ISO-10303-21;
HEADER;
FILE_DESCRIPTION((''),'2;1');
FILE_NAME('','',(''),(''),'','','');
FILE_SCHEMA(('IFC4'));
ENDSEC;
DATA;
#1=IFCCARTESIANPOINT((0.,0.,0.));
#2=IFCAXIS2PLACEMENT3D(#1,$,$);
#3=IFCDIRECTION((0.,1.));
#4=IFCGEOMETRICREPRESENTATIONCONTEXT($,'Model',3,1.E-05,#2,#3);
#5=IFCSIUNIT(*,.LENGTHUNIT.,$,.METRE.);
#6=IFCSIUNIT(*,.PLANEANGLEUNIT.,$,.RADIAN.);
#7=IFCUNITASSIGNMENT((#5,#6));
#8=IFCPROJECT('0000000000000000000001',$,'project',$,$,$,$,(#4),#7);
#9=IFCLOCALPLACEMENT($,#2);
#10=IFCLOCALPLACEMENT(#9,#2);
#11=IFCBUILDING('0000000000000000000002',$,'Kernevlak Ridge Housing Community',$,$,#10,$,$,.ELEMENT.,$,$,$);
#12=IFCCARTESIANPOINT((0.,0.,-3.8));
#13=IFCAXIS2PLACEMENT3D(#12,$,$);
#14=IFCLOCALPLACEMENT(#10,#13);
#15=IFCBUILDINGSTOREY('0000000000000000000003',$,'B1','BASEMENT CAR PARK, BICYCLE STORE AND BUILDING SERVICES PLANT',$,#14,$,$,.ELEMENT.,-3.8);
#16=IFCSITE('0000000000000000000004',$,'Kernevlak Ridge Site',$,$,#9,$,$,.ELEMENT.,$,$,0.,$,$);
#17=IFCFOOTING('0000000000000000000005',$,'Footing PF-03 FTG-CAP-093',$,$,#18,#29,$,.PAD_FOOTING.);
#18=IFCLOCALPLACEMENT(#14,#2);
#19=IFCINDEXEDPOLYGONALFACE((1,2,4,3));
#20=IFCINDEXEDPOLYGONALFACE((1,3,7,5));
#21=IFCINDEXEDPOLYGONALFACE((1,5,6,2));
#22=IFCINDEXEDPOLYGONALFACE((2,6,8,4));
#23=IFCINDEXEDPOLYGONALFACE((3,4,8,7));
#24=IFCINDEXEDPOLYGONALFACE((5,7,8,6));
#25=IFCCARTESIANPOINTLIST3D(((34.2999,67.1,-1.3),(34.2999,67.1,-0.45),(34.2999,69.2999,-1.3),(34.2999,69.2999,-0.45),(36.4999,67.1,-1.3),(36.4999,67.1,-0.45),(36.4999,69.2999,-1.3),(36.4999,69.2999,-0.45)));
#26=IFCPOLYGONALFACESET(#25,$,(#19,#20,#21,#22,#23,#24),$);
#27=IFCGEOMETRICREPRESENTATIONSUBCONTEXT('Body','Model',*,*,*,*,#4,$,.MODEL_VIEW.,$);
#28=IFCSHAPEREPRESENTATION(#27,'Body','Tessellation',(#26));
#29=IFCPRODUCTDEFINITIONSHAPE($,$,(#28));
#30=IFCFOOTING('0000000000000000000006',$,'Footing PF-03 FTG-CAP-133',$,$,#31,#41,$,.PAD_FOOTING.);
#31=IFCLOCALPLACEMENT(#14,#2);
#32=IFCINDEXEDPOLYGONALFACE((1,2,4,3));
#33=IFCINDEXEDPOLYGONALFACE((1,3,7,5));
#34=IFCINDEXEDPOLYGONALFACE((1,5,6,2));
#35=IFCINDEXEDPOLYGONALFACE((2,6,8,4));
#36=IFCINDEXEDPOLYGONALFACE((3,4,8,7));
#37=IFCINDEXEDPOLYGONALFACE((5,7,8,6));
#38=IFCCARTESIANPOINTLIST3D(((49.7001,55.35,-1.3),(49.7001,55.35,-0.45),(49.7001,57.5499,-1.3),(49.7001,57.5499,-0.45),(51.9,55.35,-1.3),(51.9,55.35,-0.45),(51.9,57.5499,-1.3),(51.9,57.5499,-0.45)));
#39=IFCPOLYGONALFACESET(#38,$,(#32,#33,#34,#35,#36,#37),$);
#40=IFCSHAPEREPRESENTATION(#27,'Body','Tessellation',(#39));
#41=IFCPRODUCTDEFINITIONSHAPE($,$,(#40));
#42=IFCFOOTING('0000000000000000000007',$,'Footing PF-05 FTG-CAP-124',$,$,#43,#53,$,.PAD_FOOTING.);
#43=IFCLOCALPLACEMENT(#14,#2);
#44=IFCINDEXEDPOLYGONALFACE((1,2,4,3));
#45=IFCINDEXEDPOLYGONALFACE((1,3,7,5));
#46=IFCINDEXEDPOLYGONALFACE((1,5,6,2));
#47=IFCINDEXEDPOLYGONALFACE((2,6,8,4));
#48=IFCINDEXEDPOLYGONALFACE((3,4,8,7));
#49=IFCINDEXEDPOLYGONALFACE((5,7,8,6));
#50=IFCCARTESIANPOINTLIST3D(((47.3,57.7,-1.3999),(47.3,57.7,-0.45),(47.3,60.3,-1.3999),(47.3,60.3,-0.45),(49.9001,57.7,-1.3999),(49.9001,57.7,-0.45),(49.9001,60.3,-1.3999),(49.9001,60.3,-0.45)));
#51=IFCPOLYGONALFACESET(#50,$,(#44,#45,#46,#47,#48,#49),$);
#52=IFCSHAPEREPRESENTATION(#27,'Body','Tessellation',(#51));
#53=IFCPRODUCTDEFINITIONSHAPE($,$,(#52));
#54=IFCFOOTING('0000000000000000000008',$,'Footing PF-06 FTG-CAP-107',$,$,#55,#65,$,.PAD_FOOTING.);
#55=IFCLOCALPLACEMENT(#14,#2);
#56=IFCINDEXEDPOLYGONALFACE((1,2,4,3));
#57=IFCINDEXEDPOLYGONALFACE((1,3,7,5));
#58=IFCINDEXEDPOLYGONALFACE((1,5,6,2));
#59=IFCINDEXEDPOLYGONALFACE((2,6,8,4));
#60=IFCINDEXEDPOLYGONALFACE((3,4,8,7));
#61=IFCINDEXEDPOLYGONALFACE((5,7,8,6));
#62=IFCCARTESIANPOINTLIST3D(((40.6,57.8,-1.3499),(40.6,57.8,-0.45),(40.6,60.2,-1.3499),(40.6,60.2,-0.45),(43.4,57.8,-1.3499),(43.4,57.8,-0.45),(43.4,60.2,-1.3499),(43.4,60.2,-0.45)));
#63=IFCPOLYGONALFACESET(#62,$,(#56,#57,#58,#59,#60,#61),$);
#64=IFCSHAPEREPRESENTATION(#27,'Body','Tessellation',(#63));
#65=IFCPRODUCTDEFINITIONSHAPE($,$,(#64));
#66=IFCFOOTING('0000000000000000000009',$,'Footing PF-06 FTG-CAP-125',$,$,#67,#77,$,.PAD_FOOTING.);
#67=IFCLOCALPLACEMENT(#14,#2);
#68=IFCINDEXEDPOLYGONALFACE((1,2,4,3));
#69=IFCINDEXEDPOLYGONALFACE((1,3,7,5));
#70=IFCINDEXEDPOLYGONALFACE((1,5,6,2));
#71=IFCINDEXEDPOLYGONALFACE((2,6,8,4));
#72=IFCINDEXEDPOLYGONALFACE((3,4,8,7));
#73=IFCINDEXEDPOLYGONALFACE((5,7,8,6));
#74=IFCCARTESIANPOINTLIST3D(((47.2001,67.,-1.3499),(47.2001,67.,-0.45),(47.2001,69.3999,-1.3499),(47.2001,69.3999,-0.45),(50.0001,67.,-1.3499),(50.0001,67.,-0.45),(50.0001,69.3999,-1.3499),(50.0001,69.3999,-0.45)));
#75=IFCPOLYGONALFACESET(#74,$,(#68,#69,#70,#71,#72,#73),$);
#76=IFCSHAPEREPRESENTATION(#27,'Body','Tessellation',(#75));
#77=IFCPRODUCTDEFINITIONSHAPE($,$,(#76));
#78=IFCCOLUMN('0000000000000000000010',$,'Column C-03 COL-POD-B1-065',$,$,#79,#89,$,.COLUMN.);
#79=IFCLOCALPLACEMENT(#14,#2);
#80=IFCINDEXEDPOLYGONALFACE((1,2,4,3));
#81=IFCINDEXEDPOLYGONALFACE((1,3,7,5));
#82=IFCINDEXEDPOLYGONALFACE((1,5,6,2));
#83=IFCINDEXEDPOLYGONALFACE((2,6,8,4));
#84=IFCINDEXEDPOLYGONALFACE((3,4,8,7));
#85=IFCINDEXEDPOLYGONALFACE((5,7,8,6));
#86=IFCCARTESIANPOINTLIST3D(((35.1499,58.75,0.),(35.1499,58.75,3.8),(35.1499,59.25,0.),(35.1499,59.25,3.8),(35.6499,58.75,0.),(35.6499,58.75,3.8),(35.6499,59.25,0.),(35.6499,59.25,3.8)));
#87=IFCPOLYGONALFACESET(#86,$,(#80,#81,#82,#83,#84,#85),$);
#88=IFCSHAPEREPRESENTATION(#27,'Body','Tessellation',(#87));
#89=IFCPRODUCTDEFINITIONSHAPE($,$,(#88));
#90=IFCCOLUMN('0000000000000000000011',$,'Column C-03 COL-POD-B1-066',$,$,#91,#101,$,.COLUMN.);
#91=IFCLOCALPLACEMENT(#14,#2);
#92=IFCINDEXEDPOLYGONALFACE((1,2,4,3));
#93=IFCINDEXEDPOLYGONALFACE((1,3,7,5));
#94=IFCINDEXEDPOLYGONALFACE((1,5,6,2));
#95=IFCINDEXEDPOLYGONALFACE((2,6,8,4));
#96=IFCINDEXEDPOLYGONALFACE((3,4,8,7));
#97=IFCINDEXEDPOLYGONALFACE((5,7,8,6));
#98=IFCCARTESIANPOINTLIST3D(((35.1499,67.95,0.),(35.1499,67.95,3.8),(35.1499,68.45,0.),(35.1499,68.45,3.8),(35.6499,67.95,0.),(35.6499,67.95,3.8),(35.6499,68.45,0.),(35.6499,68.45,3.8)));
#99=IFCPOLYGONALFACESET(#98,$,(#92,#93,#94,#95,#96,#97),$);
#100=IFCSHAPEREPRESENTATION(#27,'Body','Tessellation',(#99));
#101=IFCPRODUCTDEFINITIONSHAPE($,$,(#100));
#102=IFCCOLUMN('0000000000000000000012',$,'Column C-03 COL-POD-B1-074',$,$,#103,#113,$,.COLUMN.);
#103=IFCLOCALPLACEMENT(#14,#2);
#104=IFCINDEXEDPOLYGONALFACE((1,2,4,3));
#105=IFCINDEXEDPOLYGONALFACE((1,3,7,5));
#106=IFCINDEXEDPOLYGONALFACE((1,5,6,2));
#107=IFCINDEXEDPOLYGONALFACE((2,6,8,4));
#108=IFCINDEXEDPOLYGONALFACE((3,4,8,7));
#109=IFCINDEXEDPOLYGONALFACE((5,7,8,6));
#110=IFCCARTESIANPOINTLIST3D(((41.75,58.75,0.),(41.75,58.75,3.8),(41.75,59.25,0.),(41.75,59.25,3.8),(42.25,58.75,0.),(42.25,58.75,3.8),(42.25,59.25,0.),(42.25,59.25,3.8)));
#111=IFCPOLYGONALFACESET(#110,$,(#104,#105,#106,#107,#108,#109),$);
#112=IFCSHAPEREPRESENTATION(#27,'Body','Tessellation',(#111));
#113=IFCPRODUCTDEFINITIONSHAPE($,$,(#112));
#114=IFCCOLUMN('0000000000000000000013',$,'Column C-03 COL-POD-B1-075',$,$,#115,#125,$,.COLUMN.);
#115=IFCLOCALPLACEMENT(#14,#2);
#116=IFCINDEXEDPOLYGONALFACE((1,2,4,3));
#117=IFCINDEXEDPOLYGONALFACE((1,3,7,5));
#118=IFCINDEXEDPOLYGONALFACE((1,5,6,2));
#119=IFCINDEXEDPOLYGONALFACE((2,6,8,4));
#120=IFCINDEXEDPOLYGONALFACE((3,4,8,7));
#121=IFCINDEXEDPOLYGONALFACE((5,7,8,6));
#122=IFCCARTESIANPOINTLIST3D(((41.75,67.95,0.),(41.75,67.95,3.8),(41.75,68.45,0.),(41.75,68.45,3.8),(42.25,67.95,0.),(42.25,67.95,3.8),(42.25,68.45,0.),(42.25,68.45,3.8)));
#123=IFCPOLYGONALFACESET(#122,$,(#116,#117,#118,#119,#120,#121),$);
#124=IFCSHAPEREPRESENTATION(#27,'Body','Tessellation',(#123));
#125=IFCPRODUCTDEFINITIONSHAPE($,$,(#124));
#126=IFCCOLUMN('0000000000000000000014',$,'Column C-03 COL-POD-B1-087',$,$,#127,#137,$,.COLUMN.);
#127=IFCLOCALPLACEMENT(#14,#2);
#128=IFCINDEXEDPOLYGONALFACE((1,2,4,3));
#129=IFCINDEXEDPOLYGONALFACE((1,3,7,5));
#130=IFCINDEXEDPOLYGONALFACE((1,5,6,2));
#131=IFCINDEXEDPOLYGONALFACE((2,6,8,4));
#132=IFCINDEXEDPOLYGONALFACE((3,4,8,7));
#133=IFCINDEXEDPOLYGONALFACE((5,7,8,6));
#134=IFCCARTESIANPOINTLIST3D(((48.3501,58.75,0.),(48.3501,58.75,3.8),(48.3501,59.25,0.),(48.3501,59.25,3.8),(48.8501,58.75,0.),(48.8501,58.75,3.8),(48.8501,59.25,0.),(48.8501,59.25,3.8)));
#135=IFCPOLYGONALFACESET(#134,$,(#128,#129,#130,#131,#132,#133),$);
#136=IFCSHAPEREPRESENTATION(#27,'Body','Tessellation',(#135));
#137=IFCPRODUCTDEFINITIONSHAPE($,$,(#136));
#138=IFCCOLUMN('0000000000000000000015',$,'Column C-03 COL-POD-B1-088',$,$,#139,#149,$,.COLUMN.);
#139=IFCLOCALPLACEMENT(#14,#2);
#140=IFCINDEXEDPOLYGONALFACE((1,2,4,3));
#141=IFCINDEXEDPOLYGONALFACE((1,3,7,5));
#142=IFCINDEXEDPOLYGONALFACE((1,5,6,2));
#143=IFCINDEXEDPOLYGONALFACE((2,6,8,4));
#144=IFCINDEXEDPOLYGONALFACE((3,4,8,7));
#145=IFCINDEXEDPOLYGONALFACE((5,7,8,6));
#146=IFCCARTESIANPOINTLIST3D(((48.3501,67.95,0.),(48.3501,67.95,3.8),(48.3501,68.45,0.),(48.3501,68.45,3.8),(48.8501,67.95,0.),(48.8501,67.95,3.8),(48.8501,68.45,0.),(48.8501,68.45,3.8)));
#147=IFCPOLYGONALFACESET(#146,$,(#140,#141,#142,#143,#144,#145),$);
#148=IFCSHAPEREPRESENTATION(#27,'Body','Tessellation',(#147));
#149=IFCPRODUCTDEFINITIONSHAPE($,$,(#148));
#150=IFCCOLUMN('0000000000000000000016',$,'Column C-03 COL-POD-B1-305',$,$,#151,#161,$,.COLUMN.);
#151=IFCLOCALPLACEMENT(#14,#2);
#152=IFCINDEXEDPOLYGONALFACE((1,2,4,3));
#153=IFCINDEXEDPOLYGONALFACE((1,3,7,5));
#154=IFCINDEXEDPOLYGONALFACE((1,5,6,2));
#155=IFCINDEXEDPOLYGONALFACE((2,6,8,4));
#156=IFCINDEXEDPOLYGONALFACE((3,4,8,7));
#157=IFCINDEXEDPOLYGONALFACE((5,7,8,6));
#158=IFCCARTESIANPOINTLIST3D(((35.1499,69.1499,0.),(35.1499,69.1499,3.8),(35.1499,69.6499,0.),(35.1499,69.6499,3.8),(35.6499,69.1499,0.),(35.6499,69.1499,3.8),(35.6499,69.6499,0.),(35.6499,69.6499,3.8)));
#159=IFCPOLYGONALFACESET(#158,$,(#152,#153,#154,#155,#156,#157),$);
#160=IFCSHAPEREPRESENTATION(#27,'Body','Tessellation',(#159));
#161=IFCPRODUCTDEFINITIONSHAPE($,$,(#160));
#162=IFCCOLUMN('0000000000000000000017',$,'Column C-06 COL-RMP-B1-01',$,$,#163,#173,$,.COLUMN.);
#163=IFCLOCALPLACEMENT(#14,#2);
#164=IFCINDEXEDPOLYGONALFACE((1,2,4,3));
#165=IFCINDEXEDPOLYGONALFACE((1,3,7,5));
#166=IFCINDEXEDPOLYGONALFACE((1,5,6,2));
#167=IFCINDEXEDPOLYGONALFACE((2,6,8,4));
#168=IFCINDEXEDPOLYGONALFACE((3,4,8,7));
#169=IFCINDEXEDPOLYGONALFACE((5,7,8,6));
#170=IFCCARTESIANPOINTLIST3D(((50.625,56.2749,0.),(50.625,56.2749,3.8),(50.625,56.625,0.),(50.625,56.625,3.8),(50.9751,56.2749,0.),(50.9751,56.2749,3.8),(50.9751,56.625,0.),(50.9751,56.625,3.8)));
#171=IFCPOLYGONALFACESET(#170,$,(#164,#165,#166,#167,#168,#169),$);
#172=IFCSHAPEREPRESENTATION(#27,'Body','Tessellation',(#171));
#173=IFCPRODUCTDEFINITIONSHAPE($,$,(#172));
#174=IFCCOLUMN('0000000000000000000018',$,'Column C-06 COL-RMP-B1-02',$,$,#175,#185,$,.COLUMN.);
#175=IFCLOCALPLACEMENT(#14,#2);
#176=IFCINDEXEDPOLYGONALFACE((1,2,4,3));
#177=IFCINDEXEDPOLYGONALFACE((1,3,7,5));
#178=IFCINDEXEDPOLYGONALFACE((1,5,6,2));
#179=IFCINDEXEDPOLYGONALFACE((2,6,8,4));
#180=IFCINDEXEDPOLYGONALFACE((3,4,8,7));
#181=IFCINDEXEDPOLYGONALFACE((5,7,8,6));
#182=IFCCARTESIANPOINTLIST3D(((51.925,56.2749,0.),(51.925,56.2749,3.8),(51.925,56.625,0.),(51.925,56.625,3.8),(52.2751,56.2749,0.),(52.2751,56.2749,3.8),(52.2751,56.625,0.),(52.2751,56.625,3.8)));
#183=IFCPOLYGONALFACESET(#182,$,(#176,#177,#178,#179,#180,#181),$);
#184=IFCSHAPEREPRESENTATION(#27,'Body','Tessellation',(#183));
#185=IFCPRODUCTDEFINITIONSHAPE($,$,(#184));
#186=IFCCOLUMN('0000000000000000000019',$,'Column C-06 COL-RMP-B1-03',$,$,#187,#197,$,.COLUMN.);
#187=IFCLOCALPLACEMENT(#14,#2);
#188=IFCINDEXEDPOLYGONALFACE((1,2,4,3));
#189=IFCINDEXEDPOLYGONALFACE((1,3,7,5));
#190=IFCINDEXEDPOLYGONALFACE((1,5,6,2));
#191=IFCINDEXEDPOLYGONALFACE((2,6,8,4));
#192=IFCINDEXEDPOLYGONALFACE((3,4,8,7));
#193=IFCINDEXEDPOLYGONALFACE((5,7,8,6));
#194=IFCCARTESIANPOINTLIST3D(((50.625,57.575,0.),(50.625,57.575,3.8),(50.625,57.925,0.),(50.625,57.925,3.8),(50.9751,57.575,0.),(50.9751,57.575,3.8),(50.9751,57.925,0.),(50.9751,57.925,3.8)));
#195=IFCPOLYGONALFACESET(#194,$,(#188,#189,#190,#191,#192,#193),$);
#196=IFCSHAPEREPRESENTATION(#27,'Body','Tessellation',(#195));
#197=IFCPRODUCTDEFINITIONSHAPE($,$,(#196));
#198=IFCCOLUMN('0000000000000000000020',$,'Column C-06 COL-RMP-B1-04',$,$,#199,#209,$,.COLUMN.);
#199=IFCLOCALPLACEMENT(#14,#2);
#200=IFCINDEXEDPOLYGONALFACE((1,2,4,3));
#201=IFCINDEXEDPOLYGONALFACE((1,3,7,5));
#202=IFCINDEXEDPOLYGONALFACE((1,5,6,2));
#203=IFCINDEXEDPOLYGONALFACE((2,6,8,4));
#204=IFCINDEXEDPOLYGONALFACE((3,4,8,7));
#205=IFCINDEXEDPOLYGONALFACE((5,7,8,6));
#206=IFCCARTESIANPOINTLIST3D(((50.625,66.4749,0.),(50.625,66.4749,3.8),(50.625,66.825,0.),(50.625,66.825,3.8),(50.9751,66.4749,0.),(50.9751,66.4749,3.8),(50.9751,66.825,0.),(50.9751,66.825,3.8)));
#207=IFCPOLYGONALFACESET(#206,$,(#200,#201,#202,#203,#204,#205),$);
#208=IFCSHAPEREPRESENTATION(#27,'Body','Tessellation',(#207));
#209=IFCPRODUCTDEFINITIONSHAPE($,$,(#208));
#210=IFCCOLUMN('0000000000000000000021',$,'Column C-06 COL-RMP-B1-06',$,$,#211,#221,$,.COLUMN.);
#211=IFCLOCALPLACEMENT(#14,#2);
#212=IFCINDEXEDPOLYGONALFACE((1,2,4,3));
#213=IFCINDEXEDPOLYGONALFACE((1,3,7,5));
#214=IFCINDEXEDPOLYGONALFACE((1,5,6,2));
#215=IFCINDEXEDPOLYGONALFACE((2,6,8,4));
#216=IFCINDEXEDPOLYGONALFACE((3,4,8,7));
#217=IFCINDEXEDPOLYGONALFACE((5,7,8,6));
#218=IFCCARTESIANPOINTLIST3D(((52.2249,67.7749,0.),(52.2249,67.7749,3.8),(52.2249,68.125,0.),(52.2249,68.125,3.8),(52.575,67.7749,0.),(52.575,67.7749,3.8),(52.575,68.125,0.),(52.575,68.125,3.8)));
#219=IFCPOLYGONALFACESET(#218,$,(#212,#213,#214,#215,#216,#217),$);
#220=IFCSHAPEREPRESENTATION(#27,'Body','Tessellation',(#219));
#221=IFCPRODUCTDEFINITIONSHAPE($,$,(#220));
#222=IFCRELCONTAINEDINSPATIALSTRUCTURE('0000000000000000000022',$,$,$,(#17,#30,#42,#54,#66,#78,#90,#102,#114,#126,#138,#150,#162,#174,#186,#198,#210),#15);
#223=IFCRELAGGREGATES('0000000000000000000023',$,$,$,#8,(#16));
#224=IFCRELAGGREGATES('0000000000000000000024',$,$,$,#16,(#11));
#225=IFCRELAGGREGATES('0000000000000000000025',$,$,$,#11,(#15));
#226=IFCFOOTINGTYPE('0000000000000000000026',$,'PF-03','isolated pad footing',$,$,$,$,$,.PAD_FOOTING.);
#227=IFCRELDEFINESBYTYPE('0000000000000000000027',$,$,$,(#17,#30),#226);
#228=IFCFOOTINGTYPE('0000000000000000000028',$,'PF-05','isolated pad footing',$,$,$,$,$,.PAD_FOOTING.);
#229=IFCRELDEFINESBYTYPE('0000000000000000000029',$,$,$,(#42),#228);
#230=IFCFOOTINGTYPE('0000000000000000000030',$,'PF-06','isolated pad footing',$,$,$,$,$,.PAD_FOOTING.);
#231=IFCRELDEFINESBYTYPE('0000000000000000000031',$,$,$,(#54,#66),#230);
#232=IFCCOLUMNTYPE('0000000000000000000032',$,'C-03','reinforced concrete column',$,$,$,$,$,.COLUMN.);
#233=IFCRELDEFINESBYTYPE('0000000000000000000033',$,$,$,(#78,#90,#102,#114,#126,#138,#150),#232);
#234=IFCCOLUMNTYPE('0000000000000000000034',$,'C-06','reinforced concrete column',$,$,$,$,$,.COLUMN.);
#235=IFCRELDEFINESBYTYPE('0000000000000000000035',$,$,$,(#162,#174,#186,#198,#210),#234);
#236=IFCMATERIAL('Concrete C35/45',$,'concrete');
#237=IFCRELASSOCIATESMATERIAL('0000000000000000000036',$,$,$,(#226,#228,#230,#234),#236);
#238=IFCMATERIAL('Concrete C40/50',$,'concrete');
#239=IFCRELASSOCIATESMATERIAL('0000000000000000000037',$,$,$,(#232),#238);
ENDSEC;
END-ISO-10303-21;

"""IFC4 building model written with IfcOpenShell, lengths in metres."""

from ifc_helpers import new_model, si_unit, direction, frame, origin, origin_2d, place, context, subcontext, project, spatial, rectangle, extrude, material, material_profile, profile_set, type_object, element, save


model = new_model("IFC4")

# Units and contexts
model_context = context("Model", 3, precision=1e-05, world=origin(), true_north=direction((0.0, 1.0)))
body_context = subcontext(model_context, "Body", "Model", "MODEL_VIEW")
ifc_project = project(units=[si_unit("LENGTHUNIT", "METRE"), si_unit("PLANEANGLEUNIT", "RADIAN")], contexts=[model_context])

# Site, building, storey
site_placement = place(None, origin())
site = spatial("IfcSite", under=ifc_project, at=site_placement, Name="Kernevlak Ridge Site", CompositionType="ELEMENT", RefElevation=0.0)
building_placement = place(site_placement, origin())
building = spatial("IfcBuilding", under=site, at=building_placement, Name="Kernevlak Ridge Housing Community", CompositionType="ELEMENT")
storey_placement = place(building_placement, frame((0.0, 0.0, -3.8)))
storey = spatial("IfcBuildingStorey", under=building, at=storey_placement, Name="B1", Description="BASEMENT CAR PARK, BICYCLE STORE AND BUILDING SERVICES PLANT", CompositionType="ELEMENT", Elevation=-3.8)

# Shared definitions
ifc_material_1 = material(Name="Concrete C35/45", Category="concrete")

# Footings
footing_type_1 = type_object("IfcFootingType", Name="PF-03", Description="isolated pad footing", PredefinedType="PAD_FOOTING", material=ifc_material_1)
for number, where, z_axis, x_axis, name in (
    (1, (35.3999, 68.2, -1.3), (0.0, 0.0, 1.0), (1.0, 0.0, 0.0), "Footing PF-03 FTG-CAP-093"),
    (2, (50.8, 56.45, -1.3), (0.0, 0.0, 1.0), (1.0, 0.0, 0.0), "Footing PF-03 FTG-CAP-133"),
):
    element("IfcFooting", number, at=place(storey_placement, frame(where, z_axis=z_axis, x_axis=x_axis)), inside=storey, type_object=footing_type_1, Name=name, PredefinedType="PAD_FOOTING", context=body_context, shape_type="SweptSolid", body=[
        extrude(rectangle(XDim=2.2, YDim=2.2, at=origin_2d()), origin(), (0.0, 0.0, 1.0), 0.8501),
    ])
footing_type_2 = type_object("IfcFootingType", Name="PF-05", Description="isolated pad footing", PredefinedType="PAD_FOOTING", material=ifc_material_1)
footing_1_placement = place(storey_placement, frame((48.6001, 59.0, -1.3999), z_axis=(0.0, 0.0, 1.0), x_axis=(1.0, 0.0, 0.0)))
element("IfcFooting", 3, at=footing_1_placement, inside=storey, type_object=footing_type_2, Name="Footing PF-05 FTG-CAP-124", PredefinedType="PAD_FOOTING", context=body_context, shape_type="SweptSolid", body=[
    extrude(rectangle(XDim=2.6001, YDim=2.6001, at=origin_2d()), origin(), (0.0, 0.0, 1.0), 0.95),
])
footing_type_3 = type_object("IfcFootingType", Name="PF-06", Description="isolated pad footing", PredefinedType="PAD_FOOTING", material=ifc_material_1)
for number, where, z_axis, x_axis, name in (
    (4, (42.0, 59.0, -1.3499), (0.0, 0.0, 1.0), (1.0, 0.0, 0.0), "Footing PF-06 FTG-CAP-107"),
    (5, (48.6001, 68.2, -1.3499), (0.0, 0.0, 1.0), (1.0, 0.0, 0.0), "Footing PF-06 FTG-CAP-125"),
):
    element("IfcFooting", number, at=place(storey_placement, frame(where, z_axis=z_axis, x_axis=x_axis)), inside=storey, type_object=footing_type_3, Name=name, PredefinedType="PAD_FOOTING", context=body_context, shape_type="SweptSolid", body=[
        extrude(rectangle(XDim=2.8, YDim=2.3999, at=origin_2d()), origin(), (0.0, 0.0, 1.0), 0.8999),
    ])

# Columns
ifc_material_2 = material(Name="Concrete C40/50", Category="concrete")
ifc_material_profile_1 = material_profile(ifc_material_2, rectangle(XDim=0.5, YDim=0.5, at=origin_2d()), Name="RC 500x500")
ifc_profile_set_1 = profile_set([ifc_material_profile_1], Name="Concrete C40/50")
column_type_1 = type_object("IfcColumnType", Name="C-03", Description="reinforced concrete column", PredefinedType="COLUMN", material=ifc_profile_set_1)
for number, where, z_axis, x_axis, name in (
    (6, (35.3999, 59.0, 0.0), (0.0, 0.0, 1.0), (1.0, 0.0, 0.0), "Column C-03 COL-POD-B1-065"),
    (7, (35.3999, 68.2, 0.0), (0.0, 0.0, 1.0), (1.0, 0.0, 0.0), "Column C-03 COL-POD-B1-066"),
    (8, (42.0, 59.0, 0.0), (0.0, 0.0, 1.0), (1.0, 0.0, 0.0), "Column C-03 COL-POD-B1-074"),
    (9, (42.0, 68.2, 0.0), (0.0, 0.0, 1.0), (1.0, 0.0, 0.0), "Column C-03 COL-POD-B1-075"),
    (10, (48.6001, 59.0, 0.0), (0.0, 0.0, 1.0), (1.0, 0.0, 0.0), "Column C-03 COL-POD-B1-087"),
    (11, (48.6001, 68.2, 0.0), (0.0, 0.0, 1.0), (1.0, 0.0, 0.0), "Column C-03 COL-POD-B1-088"),
    (12, (35.3999, 69.3999, 0.0), (0.0, 0.0, 1.0), (1.0, 0.0, 0.0), "Column C-03 COL-POD-B1-305"),
):
    element("IfcColumn", number, at=place(storey_placement, frame(where, z_axis=z_axis, x_axis=x_axis)), inside=storey, type_object=column_type_1, Name=name, PredefinedType="COLUMN", context=body_context, shape_type="SweptSolid", body=[
        extrude(rectangle(XDim=0.5, YDim=0.5, at=origin_2d()), origin(), (0.0, 0.0, 1.0), 3.8),
    ])
ifc_material_profile_2 = material_profile(ifc_material_1, rectangle(XDim=0.3501, YDim=0.3501, at=origin_2d()), Name="RC 350x350")
ifc_profile_set_2 = profile_set([ifc_material_profile_2], Name="Concrete C35/45")
column_type_2 = type_object("IfcColumnType", Name="C-06", Description="reinforced concrete column", PredefinedType="COLUMN", material=ifc_profile_set_2)
for number, where, z_axis, x_axis, name in (
    (13, (50.8, 56.45, 0.0), (0.0, 0.0, 1.0), (1.0, 0.0, 0.0), "Column C-06 COL-RMP-B1-01"),
    (14, (52.1001, 56.45, 0.0), (0.0, 0.0, 1.0), (1.0, 0.0, 0.0), "Column C-06 COL-RMP-B1-02"),
    (15, (50.8, 57.75, 0.0), (0.0, 0.0, 1.0), (1.0, 0.0, 0.0), "Column C-06 COL-RMP-B1-03"),
    (16, (50.8, 66.6499, 0.0), (0.0, 0.0, 1.0), (1.0, 0.0, 0.0), "Column C-06 COL-RMP-B1-04"),
    (17, (52.3999, 67.95, 0.0), (0.0, 0.0, 1.0), (1.0, 0.0, 0.0), "Column C-06 COL-RMP-B1-06"),
):
    element("IfcColumn", number, at=place(storey_placement, frame(where, z_axis=z_axis, x_axis=x_axis)), inside=storey, type_object=column_type_2, Name=name, PredefinedType="COLUMN", context=body_context, shape_type="SweptSolid", body=[
        extrude(rectangle(XDim=0.3501, YDim=0.3501, at=origin_2d()), origin(), (0.0, 0.0, 1.0), 3.8),
    ])

save(model, "model.ifc")
